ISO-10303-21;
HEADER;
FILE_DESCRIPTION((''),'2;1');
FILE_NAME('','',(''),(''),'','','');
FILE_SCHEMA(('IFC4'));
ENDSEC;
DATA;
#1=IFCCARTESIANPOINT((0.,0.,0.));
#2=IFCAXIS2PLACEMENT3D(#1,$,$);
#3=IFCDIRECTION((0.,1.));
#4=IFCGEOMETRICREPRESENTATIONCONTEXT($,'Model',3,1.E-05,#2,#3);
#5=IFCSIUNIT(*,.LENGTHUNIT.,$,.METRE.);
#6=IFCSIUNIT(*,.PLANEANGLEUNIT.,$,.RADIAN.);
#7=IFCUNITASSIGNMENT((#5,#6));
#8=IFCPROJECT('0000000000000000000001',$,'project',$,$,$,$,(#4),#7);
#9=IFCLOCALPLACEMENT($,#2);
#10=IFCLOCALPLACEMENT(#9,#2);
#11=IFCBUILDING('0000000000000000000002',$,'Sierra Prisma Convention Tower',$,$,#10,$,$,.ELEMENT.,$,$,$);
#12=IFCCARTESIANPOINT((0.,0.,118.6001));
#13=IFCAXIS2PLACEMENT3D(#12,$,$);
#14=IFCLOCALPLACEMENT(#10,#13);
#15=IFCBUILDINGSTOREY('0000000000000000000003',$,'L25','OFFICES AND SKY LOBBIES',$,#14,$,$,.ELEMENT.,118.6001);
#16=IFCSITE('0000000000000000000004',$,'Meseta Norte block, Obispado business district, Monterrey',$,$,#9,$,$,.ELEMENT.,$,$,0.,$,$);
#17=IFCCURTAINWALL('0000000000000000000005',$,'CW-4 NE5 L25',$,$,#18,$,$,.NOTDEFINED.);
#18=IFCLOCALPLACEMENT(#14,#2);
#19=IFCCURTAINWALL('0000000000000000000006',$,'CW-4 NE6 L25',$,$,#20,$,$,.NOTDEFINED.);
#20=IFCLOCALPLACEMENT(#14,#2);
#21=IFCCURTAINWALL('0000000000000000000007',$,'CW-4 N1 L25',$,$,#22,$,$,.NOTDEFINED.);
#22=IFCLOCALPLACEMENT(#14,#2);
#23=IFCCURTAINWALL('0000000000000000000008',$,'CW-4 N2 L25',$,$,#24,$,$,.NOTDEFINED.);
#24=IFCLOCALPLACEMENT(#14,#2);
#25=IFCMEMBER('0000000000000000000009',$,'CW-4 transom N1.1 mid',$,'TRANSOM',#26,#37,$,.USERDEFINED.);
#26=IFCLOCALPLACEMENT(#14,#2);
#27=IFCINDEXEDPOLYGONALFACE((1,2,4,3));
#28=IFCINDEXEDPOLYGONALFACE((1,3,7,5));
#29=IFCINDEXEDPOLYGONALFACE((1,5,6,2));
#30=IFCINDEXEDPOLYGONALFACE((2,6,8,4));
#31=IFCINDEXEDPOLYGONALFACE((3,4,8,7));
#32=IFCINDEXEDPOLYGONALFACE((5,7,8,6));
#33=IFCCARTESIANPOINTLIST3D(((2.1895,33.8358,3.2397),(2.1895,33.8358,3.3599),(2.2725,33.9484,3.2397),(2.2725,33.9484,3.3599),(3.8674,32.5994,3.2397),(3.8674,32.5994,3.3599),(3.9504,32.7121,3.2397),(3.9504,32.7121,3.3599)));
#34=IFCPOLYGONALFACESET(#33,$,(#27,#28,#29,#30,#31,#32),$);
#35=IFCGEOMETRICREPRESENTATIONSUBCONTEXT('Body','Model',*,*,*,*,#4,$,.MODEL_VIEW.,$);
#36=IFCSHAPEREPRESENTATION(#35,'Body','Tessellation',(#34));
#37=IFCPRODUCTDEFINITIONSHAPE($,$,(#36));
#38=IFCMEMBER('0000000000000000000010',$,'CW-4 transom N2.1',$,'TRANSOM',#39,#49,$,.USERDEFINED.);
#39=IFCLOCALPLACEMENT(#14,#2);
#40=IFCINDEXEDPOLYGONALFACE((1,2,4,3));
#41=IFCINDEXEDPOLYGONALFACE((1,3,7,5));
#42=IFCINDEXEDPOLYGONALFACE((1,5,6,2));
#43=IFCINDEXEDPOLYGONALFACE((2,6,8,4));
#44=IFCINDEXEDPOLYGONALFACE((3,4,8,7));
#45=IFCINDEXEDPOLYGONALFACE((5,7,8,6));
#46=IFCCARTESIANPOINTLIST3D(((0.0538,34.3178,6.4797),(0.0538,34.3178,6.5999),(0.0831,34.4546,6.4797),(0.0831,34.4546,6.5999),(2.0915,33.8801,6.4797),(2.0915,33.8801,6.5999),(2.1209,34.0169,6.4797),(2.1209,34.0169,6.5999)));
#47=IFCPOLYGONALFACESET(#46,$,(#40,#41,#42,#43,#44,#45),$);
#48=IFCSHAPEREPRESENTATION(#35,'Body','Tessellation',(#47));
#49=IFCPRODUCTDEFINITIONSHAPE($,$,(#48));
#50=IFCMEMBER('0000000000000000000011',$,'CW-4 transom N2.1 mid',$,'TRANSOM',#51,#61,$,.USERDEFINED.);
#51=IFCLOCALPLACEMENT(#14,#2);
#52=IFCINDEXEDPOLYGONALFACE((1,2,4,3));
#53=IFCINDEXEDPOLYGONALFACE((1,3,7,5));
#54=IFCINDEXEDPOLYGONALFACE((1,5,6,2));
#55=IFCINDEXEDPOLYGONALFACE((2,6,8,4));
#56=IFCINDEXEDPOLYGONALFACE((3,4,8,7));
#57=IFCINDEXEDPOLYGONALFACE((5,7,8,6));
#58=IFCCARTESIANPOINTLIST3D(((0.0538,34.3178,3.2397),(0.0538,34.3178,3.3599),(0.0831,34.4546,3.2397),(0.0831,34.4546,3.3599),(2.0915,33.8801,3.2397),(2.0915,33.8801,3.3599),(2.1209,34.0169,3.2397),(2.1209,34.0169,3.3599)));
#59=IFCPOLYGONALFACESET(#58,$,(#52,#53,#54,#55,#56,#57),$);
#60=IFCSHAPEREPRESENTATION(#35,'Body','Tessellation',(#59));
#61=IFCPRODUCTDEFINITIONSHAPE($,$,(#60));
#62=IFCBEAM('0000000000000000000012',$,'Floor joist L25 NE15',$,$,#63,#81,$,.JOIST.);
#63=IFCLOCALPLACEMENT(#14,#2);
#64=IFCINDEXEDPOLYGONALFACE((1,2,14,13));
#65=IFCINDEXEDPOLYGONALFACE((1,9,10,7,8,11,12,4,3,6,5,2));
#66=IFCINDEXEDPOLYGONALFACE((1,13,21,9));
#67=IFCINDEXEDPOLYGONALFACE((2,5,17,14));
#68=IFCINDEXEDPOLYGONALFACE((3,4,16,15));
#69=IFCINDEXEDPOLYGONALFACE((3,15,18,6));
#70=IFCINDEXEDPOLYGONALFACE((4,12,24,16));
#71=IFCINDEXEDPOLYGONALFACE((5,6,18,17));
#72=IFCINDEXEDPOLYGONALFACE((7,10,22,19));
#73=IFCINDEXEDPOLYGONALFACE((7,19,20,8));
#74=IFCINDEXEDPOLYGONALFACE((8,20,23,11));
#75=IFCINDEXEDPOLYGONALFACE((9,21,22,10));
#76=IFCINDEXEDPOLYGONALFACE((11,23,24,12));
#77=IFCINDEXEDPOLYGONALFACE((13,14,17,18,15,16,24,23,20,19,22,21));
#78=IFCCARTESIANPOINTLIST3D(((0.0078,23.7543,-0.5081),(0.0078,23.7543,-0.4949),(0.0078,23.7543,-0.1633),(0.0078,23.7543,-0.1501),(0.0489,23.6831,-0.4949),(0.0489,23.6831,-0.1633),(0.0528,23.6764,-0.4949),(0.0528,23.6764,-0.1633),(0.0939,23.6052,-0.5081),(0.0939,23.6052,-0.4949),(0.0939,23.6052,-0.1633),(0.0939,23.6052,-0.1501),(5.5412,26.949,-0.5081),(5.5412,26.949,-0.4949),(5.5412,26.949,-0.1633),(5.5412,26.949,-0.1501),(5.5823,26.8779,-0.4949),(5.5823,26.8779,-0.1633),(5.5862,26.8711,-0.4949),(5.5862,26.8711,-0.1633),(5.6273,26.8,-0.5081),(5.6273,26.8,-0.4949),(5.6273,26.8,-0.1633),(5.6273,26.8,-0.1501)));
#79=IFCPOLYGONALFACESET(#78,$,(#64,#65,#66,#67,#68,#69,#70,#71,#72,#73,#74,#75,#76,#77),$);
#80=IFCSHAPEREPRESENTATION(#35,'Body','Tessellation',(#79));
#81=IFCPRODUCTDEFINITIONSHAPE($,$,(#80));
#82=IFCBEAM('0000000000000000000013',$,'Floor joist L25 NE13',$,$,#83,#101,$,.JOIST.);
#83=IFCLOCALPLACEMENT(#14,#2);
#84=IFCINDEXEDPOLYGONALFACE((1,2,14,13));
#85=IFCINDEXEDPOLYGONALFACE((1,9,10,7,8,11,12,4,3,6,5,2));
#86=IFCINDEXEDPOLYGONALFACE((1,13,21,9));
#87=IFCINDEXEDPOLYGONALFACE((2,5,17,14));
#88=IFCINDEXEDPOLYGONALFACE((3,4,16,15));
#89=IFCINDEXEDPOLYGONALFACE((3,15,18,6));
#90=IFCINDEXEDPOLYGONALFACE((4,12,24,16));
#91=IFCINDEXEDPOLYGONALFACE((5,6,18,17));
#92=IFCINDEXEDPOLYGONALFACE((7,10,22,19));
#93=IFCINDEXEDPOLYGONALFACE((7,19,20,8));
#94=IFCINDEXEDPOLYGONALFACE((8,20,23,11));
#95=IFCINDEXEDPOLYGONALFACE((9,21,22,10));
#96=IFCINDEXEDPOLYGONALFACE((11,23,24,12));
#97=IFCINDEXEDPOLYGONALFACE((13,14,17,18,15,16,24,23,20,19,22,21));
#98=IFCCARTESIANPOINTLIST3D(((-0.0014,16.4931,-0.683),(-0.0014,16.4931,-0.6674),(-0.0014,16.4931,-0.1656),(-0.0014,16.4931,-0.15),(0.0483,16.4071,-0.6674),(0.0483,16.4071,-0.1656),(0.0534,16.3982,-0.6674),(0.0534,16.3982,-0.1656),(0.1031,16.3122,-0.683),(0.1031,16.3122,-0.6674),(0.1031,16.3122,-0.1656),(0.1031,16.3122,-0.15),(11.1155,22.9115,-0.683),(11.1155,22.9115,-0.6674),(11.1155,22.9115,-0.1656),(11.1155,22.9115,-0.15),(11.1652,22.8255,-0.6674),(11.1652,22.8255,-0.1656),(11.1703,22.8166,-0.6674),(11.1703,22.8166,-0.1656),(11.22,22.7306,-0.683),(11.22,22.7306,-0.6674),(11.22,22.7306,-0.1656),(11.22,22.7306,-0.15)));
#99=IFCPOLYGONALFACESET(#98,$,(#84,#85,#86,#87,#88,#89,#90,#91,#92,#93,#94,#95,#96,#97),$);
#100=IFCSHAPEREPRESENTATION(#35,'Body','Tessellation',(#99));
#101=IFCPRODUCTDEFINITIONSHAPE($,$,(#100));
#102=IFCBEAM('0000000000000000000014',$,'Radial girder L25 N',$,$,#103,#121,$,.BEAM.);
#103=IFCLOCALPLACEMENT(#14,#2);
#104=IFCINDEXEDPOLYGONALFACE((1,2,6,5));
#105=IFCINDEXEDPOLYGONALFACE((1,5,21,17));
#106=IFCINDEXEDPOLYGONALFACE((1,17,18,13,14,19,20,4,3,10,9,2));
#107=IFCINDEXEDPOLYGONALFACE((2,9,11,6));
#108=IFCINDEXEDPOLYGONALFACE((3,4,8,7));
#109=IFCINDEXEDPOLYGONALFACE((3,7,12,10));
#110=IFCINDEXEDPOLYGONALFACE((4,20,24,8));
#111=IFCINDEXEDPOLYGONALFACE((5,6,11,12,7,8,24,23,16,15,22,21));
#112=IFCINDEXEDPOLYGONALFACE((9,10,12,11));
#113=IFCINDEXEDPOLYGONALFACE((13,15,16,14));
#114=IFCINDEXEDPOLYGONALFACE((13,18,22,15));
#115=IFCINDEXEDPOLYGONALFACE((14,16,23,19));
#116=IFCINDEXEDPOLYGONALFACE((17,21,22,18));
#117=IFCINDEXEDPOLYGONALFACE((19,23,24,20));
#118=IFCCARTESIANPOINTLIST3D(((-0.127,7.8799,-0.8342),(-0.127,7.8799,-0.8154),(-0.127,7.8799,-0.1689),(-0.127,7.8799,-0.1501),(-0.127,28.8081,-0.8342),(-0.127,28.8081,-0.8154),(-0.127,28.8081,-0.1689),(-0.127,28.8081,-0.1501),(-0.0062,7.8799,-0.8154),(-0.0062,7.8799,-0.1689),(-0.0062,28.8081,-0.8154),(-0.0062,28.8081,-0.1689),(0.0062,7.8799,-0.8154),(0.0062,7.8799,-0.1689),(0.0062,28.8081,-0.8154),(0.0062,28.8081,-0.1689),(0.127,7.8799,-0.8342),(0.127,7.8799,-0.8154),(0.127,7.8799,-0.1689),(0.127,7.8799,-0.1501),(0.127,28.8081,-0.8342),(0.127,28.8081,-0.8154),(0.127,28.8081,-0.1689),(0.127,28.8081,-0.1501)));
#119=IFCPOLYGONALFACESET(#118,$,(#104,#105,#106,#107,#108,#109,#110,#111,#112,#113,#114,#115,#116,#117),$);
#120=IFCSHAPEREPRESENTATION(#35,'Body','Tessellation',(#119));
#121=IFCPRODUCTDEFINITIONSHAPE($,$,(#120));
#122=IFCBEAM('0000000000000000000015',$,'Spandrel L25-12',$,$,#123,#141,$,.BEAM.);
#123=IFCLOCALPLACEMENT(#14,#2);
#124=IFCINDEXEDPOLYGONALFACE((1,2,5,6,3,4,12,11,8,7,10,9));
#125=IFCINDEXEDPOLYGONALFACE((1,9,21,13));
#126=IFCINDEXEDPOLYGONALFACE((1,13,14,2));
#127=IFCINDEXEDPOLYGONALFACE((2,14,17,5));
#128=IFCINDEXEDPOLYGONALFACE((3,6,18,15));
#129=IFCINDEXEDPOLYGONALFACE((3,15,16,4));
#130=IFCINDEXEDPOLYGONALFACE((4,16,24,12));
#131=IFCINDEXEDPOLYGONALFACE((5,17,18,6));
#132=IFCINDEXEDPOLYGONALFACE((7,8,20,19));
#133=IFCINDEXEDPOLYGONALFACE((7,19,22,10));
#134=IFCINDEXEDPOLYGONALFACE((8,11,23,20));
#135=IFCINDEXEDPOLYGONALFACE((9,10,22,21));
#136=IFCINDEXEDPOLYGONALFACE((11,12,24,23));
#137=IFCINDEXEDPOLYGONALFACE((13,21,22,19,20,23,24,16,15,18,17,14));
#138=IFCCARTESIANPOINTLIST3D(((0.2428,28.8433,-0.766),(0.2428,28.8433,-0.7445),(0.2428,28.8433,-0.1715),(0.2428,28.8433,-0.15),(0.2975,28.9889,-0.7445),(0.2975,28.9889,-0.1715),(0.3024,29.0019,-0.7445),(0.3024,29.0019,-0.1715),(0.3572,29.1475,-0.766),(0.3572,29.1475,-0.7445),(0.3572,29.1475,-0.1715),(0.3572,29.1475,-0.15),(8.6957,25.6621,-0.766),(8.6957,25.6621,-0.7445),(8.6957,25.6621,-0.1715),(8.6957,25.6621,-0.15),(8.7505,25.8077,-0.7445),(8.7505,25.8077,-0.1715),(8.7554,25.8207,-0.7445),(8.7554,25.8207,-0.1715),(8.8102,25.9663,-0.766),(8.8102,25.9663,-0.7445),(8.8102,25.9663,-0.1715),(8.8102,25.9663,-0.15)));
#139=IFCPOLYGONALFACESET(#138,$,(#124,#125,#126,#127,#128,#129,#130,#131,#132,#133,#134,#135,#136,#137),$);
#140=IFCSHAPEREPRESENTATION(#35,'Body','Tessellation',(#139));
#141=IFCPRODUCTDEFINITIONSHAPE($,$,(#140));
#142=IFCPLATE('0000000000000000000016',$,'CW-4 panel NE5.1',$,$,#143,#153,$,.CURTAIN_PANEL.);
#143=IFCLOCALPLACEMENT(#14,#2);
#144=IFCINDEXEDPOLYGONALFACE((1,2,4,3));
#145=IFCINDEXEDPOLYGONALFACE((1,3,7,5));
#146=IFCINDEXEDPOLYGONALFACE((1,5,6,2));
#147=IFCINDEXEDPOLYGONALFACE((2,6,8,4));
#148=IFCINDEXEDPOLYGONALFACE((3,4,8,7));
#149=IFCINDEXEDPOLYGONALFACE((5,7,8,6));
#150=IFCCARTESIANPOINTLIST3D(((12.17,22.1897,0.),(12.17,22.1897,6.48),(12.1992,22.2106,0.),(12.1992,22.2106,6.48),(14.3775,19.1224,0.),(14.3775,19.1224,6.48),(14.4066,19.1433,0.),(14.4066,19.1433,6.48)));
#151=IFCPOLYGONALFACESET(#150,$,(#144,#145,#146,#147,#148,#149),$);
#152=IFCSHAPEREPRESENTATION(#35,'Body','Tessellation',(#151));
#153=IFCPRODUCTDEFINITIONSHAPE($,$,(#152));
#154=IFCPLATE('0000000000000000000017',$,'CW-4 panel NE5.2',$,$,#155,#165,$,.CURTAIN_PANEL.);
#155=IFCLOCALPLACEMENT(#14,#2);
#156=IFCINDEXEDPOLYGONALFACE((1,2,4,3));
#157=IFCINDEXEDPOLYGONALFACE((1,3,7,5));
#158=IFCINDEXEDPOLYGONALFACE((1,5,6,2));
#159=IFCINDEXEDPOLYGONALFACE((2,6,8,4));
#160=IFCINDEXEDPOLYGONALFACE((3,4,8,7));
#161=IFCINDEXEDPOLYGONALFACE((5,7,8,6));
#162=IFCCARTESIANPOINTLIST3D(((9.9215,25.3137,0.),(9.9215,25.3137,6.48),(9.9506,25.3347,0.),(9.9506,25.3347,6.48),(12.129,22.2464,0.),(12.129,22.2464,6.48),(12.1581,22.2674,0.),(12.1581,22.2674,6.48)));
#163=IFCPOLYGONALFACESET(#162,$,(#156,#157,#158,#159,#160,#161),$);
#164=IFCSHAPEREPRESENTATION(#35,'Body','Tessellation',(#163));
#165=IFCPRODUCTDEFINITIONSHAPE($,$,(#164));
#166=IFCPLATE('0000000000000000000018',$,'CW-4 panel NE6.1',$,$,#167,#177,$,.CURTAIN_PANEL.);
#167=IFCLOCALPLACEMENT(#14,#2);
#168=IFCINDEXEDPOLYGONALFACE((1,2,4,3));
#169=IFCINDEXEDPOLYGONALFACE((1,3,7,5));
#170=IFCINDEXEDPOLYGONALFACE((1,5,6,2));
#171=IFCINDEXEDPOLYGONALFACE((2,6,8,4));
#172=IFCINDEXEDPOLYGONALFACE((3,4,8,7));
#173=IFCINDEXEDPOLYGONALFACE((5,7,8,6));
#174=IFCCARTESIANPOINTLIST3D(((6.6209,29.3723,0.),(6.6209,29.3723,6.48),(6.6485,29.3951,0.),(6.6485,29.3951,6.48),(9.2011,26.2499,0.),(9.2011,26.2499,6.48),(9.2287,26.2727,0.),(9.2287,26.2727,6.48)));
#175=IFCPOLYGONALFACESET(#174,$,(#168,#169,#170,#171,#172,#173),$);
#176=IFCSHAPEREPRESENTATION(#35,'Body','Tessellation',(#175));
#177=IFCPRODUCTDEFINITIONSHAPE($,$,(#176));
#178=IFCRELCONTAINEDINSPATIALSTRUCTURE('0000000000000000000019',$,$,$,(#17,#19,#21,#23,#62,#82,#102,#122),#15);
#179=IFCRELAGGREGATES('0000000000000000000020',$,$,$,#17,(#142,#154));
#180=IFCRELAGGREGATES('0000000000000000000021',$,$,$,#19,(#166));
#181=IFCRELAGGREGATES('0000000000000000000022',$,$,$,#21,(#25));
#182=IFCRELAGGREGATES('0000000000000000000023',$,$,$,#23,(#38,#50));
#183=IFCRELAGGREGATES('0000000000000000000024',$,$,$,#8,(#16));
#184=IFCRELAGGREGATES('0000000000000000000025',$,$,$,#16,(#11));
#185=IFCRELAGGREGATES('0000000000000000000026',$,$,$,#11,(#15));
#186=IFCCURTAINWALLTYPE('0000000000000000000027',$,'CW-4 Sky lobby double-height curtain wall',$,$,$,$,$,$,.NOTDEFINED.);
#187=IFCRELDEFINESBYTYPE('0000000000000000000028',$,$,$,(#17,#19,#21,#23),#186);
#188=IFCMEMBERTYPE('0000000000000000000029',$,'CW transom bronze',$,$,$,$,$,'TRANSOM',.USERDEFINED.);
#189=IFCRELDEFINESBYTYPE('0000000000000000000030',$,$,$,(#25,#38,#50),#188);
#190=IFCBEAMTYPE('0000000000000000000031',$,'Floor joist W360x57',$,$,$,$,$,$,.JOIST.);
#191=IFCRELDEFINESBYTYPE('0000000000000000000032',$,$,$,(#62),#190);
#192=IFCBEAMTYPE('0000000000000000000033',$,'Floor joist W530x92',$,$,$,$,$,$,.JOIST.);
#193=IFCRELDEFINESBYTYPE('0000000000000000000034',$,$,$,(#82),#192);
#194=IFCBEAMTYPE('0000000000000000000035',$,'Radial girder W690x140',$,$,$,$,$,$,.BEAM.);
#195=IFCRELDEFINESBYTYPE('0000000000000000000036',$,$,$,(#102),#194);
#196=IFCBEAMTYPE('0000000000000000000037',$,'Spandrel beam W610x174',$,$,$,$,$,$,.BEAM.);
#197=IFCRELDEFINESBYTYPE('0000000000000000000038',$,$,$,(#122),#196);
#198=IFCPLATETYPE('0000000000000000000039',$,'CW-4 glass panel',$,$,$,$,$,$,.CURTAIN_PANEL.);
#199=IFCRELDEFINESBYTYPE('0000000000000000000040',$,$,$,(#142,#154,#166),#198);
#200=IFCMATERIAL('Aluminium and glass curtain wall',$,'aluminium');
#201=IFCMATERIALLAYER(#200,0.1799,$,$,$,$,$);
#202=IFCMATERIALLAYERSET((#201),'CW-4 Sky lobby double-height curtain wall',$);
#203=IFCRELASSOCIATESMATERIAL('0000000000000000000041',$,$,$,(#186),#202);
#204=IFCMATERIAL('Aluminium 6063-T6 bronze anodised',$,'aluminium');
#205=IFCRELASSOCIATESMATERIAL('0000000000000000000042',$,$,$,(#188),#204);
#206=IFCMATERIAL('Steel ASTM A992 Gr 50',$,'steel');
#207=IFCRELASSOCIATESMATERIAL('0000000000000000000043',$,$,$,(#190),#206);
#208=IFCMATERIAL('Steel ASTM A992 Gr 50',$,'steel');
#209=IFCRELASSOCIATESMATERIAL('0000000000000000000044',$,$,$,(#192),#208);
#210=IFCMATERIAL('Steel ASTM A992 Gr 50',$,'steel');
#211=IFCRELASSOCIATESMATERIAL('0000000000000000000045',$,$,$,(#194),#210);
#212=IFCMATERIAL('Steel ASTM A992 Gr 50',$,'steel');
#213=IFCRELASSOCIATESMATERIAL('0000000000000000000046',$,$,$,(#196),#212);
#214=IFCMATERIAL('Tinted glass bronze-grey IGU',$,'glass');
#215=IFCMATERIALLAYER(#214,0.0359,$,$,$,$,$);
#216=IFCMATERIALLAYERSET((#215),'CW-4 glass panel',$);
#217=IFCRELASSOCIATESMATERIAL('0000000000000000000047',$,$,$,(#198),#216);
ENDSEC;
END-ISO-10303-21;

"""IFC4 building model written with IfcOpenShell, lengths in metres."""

from ifc_helpers import new_model, si_unit, direction, frame, origin, origin_2d, place, context, subcontext, project, spatial, rectangle, i_section, extrude, material, layer, layer_set, material_profile, profile_set, type_object, element, aggregate, save


model = new_model("IFC4")

# Units and contexts
model_context = context("Model", 3, precision=1e-05, world=origin(), true_north=direction((0.0, 1.0)))
body_context = subcontext(model_context, "Body", "Model", "MODEL_VIEW")
ifc_project = project(units=[si_unit("LENGTHUNIT", "METRE"), si_unit("PLANEANGLEUNIT", "RADIAN")], contexts=[model_context])

# Site, building, storey
site_placement = place(None, origin())
site = spatial("IfcSite", under=ifc_project, at=site_placement, Name="Meseta Norte block, Obispado business district, Monterrey", CompositionType="ELEMENT", RefElevation=0.0)
building_placement = place(site_placement, origin())
building = spatial("IfcBuilding", under=site, at=building_placement, Name="Sierra Prisma Convention Tower", CompositionType="ELEMENT")
storey_placement = place(building_placement, frame((0.0, 0.0, 118.6001)))
storey = spatial("IfcBuildingStorey", under=building, at=storey_placement, Name="L25", Description="OFFICES AND SKY LOBBIES", CompositionType="ELEMENT", Elevation=118.6001)

# Curtain wall
ifc_material_1 = material(Name="Aluminium and glass curtain wall", Category="aluminium")
ifc_layer_1 = layer(ifc_material_1, 0.1799)
ifc_layer_set_1 = layer_set([ifc_layer_1], Name="CW-4 Sky lobby double-height curtain wall")
curtain_wall_type = type_object("IfcCurtainWallType", Name="CW-4 Sky lobby double-height curtain wall", PredefinedType="NOTDEFINED", material=ifc_layer_set_1)
curtain_wall_1_placement = place(storey_placement, origin())
curtain_wall_1 = element("IfcCurtainWall", 1, at=curtain_wall_1_placement, inside=storey, type_object=curtain_wall_type, Name="CW-4 NE5 L25", PredefinedType="NOTDEFINED")

# Curtain walls
curtain_wall_2_placement = place(storey_placement, origin())
curtain_wall_2 = element("IfcCurtainWall", 2, at=curtain_wall_2_placement, inside=storey, type_object=curtain_wall_type, Name="CW-4 NE6 L25", PredefinedType="NOTDEFINED")
curtain_wall_3_placement = place(storey_placement, origin())
curtain_wall_3 = element("IfcCurtainWall", 3, at=curtain_wall_3_placement, inside=storey, type_object=curtain_wall_type, Name="CW-4 N1 L25", PredefinedType="NOTDEFINED")
curtain_wall_4_placement = place(storey_placement, origin())
curtain_wall_4 = element("IfcCurtainWall", 4, at=curtain_wall_4_placement, inside=storey, type_object=curtain_wall_type, Name="CW-4 N2 L25", PredefinedType="NOTDEFINED")

# Members
ifc_material_2 = material(Name="Aluminium 6063-T6 bronze anodised", Category="aluminium")
ifc_material_profile_1 = material_profile(ifc_material_2, rectangle(XDim=0.1399, YDim=0.1201, at=origin_2d()), Name="ALU TRANSOM 120x140")
ifc_profile_set_1 = profile_set([ifc_material_profile_1], Name="Aluminium 6063-T6 bronze anodised")
member_type_1 = type_object("IfcMemberType", Name="CW transom bronze", ElementType="TRANSOM", PredefinedType="USERDEFINED", material=ifc_profile_set_1)
member_1_placement = place(storey_placement, frame((3.9089, 32.6558, 3.2998), z_axis=(-0.805074, 0.593175, 0.0), x_axis=(-0.593175, -0.805074, 0.0)))
member_1 = element("IfcMember", 5, at=member_1_placement, type_object=member_type_1, Name="CW-4 transom N1.1 mid", ObjectType="TRANSOM", PredefinedType="USERDEFINED", context=body_context, shape_type="SweptSolid", body=[
    extrude(rectangle(XDim=0.1399, YDim=0.1201, at=origin_2d()), origin(), (0.0, 0.0, 1.0), 2.0842),
])
member_2_placement = place(storey_placement, frame((2.1062, 33.9485, 6.5398), z_axis=(-0.977698, 0.210017, 0.0), x_axis=(-0.210017, -0.977698, 0.0)))
member_2 = element("IfcMember", 6, at=member_2_placement, type_object=member_type_1, Name="CW-4 transom N2.1", ObjectType="TRANSOM", PredefinedType="USERDEFINED", context=body_context, shape_type="SweptSolid", body=[
    extrude(rectangle(XDim=0.1399, YDim=0.1201, at=origin_2d()), origin(), (0.0, 0.0, 1.0), 2.0842),
])
member_3_placement = place(storey_placement, frame((2.1062, 33.9485, 3.2998), z_axis=(-0.977698, 0.210017, 0.0), x_axis=(-0.210017, -0.977698, 0.0)))
member_3 = element("IfcMember", 7, at=member_3_placement, type_object=member_type_1, Name="CW-4 transom N2.1 mid", ObjectType="TRANSOM", PredefinedType="USERDEFINED", context=body_context, shape_type="SweptSolid", body=[
    extrude(rectangle(XDim=0.1399, YDim=0.1201, at=origin_2d()), origin(), (0.0, 0.0, 1.0), 2.0842),
])

# Beams
ifc_material_3 = material(Name="Steel ASTM A992 Gr 50", Category="steel")
ifc_material_profile_2 = material_profile(ifc_material_3, i_section(OverallWidth=0.1721, OverallDepth=0.3579, WebThickness=0.0078, FlangeThickness=0.0132, at=origin_2d()), Name="W360x57")
ifc_profile_set_2 = profile_set([ifc_material_profile_2], Name="Steel ASTM A992 Gr 50")
beam_type_1 = type_object("IfcBeamType", Name="Floor joist W360x57", PredefinedType="JOIST", material=ifc_profile_set_2)
beam_1_placement = place(storey_placement, frame((5.5842, 26.8745, -0.3291), z_axis=(-0.86602, -0.50001, 0.0), x_axis=(0.50001, -0.86602, 0.0)))
element("IfcBeam", 8, at=beam_1_placement, inside=storey, type_object=beam_type_1, Name="Floor joist L25 NE15", PredefinedType="JOIST", context=body_context, shape_type="SweptSolid", body=[
    extrude(i_section(OverallWidth=0.1721, OverallDepth=0.3579, WebThickness=0.0078, FlangeThickness=0.0132, at=origin_2d()), origin(), (0.0, 0.0, 1.0), 6.3894),
])
ifc_material_4 = material(Name="Steel ASTM A992 Gr 50", Category="steel")
ifc_material_profile_3 = material_profile(ifc_material_4, i_section(OverallWidth=0.209, OverallDepth=0.533, WebThickness=0.0103, FlangeThickness=0.0156, at=origin_2d()), Name="W530x92")
ifc_profile_set_3 = profile_set([ifc_material_profile_3], Name="Steel ASTM A992 Gr 50")
beam_type_2 = type_object("IfcBeamType", Name="Floor joist W530x92", PredefinedType="JOIST", material=ifc_profile_set_3)
beam_2_placement = place(storey_placement, frame((11.1677, 22.821, -0.4165), z_axis=(-0.866022, -0.500005, 0.0), x_axis=(0.500005, -0.866022, 0.0)))
element("IfcBeam", 9, at=beam_2_placement, inside=storey, type_object=beam_type_2, Name="Floor joist L25 NE13", PredefinedType="JOIST", context=body_context, shape_type="SweptSolid", body=[
    extrude(i_section(OverallWidth=0.209, OverallDepth=0.533, WebThickness=0.0103, FlangeThickness=0.0156, at=origin_2d()), origin(), (0.0, 0.0, 1.0), 12.8367),
])
ifc_material_5 = material(Name="Steel ASTM A992 Gr 50", Category="steel")
ifc_material_profile_4 = material_profile(ifc_material_5, i_section(OverallWidth=0.2539, OverallDepth=0.6841, WebThickness=0.0125, FlangeThickness=0.0188, at=origin_2d()), Name="W690x140")
ifc_profile_set_4 = profile_set([ifc_material_profile_4], Name="Steel ASTM A992 Gr 50")
beam_type_3 = type_object("IfcBeamType", Name="Radial girder W690x140", PredefinedType="BEAM", material=ifc_profile_set_4)
beam_3_placement = place(storey_placement, frame((0.0, 28.8081, -0.4922), z_axis=(0.0, -1.0, 0.0), x_axis=(1.0, 0.0, 0.0)))
element("IfcBeam", 10, at=beam_3_placement, inside=storey, type_object=beam_type_3, Name="Radial girder L25 N", PredefinedType="BEAM", context=body_context, shape_type="SweptSolid", body=[
    extrude(i_section(OverallWidth=0.2539, OverallDepth=0.6841, WebThickness=0.0125, FlangeThickness=0.0188, at=origin_2d()), origin(), (0.0, 0.0, 1.0), 20.9282),
])
ifc_material_6 = material(Name="Steel ASTM A992 Gr 50", Category="steel")
ifc_material_profile_5 = material_profile(ifc_material_6, i_section(OverallWidth=0.325, OverallDepth=0.616, WebThickness=0.0139, FlangeThickness=0.0215, at=origin_2d()), Name="W610x174")
ifc_profile_set_5 = profile_set([ifc_material_profile_5], Name="Steel ASTM A992 Gr 50")
beam_type_4 = type_object("IfcBeamType", Name="Spandrel beam W610x174", PredefinedType="BEAM", material=ifc_profile_set_5)
beam_4_placement = place(storey_placement, frame((8.7529, 25.8142, -0.458), z_axis=(-0.935916, 0.352222, 0.0), x_axis=(-0.352222, -0.935916, 0.0)))
element("IfcBeam", 11, at=beam_4_placement, inside=storey, type_object=beam_type_4, Name="Spandrel L25-12", PredefinedType="BEAM", context=body_context, shape_type="SweptSolid", body=[
    extrude(i_section(OverallWidth=0.325, OverallDepth=0.616, WebThickness=0.0139, FlangeThickness=0.0215, at=origin_2d()), origin(), (0.0, 0.0, 1.0), 9.0317),
])

# Plates
ifc_material_7 = material(Name="Tinted glass bronze-grey IGU", Category="glass")
ifc_layer_2 = layer(ifc_material_7, 0.0359)
ifc_layer_set_2 = layer_set([ifc_layer_2], Name="CW-4 glass panel")
plate_type = type_object("IfcPlateType", Name="CW-4 glass panel", PredefinedType="CURTAIN_PANEL", material=ifc_layer_set_2)
plate_1_placement = place(storey_placement, frame((13.2883, 20.6665, 0.0), z_axis=(0.0, 0.0, 1.0), x_axis=(-0.584126, 0.811663, 0.0)))
plate_1 = element("IfcPlate", 12, at=plate_1_placement, type_object=plate_type, Name="CW-4 panel NE5.1", PredefinedType="CURTAIN_PANEL", context=body_context, shape_type="SweptSolid", body=[
    extrude(rectangle(XDim=3.7791, YDim=0.0359, at=origin_2d()), origin(), (0.0, 0.0, 1.0), 6.48),
])
plate_2_placement = place(storey_placement, frame((11.0398, 23.7905, 0.0), z_axis=(0.0, 0.0, 1.0), x_axis=(-0.584126, 0.811663, 0.0)))
plate_2 = element("IfcPlate", 13, at=plate_2_placement, type_object=plate_type, Name="CW-4 panel NE5.2", PredefinedType="CURTAIN_PANEL", context=body_context, shape_type="SweptSolid", body=[
    extrude(rectangle(XDim=3.7791, YDim=0.0359, at=origin_2d()), origin(), (0.0, 0.0, 1.0), 6.48),
])
aggregate(curtain_wall_1, [plate_1, plate_2])
plate_3_placement = place(storey_placement, frame((7.9248, 27.8225, 0.0), z_axis=(0.0, 0.0, 1.0), x_axis=(-0.637005, 0.77086, 0.0)))
plate_3 = element("IfcPlate", 14, at=plate_3_placement, type_object=plate_type, Name="CW-4 panel NE6.1", PredefinedType="CURTAIN_PANEL", context=body_context, shape_type="SweptSolid", body=[
    extrude(rectangle(XDim=4.0505, YDim=0.0359, at=origin_2d()), origin(), (0.0, 0.0, 1.0), 6.48),
])
aggregate(curtain_wall_2, [plate_3])
aggregate(curtain_wall_3, [member_1])
aggregate(curtain_wall_4, [member_2, member_3])

save(model, "model.ifc")
